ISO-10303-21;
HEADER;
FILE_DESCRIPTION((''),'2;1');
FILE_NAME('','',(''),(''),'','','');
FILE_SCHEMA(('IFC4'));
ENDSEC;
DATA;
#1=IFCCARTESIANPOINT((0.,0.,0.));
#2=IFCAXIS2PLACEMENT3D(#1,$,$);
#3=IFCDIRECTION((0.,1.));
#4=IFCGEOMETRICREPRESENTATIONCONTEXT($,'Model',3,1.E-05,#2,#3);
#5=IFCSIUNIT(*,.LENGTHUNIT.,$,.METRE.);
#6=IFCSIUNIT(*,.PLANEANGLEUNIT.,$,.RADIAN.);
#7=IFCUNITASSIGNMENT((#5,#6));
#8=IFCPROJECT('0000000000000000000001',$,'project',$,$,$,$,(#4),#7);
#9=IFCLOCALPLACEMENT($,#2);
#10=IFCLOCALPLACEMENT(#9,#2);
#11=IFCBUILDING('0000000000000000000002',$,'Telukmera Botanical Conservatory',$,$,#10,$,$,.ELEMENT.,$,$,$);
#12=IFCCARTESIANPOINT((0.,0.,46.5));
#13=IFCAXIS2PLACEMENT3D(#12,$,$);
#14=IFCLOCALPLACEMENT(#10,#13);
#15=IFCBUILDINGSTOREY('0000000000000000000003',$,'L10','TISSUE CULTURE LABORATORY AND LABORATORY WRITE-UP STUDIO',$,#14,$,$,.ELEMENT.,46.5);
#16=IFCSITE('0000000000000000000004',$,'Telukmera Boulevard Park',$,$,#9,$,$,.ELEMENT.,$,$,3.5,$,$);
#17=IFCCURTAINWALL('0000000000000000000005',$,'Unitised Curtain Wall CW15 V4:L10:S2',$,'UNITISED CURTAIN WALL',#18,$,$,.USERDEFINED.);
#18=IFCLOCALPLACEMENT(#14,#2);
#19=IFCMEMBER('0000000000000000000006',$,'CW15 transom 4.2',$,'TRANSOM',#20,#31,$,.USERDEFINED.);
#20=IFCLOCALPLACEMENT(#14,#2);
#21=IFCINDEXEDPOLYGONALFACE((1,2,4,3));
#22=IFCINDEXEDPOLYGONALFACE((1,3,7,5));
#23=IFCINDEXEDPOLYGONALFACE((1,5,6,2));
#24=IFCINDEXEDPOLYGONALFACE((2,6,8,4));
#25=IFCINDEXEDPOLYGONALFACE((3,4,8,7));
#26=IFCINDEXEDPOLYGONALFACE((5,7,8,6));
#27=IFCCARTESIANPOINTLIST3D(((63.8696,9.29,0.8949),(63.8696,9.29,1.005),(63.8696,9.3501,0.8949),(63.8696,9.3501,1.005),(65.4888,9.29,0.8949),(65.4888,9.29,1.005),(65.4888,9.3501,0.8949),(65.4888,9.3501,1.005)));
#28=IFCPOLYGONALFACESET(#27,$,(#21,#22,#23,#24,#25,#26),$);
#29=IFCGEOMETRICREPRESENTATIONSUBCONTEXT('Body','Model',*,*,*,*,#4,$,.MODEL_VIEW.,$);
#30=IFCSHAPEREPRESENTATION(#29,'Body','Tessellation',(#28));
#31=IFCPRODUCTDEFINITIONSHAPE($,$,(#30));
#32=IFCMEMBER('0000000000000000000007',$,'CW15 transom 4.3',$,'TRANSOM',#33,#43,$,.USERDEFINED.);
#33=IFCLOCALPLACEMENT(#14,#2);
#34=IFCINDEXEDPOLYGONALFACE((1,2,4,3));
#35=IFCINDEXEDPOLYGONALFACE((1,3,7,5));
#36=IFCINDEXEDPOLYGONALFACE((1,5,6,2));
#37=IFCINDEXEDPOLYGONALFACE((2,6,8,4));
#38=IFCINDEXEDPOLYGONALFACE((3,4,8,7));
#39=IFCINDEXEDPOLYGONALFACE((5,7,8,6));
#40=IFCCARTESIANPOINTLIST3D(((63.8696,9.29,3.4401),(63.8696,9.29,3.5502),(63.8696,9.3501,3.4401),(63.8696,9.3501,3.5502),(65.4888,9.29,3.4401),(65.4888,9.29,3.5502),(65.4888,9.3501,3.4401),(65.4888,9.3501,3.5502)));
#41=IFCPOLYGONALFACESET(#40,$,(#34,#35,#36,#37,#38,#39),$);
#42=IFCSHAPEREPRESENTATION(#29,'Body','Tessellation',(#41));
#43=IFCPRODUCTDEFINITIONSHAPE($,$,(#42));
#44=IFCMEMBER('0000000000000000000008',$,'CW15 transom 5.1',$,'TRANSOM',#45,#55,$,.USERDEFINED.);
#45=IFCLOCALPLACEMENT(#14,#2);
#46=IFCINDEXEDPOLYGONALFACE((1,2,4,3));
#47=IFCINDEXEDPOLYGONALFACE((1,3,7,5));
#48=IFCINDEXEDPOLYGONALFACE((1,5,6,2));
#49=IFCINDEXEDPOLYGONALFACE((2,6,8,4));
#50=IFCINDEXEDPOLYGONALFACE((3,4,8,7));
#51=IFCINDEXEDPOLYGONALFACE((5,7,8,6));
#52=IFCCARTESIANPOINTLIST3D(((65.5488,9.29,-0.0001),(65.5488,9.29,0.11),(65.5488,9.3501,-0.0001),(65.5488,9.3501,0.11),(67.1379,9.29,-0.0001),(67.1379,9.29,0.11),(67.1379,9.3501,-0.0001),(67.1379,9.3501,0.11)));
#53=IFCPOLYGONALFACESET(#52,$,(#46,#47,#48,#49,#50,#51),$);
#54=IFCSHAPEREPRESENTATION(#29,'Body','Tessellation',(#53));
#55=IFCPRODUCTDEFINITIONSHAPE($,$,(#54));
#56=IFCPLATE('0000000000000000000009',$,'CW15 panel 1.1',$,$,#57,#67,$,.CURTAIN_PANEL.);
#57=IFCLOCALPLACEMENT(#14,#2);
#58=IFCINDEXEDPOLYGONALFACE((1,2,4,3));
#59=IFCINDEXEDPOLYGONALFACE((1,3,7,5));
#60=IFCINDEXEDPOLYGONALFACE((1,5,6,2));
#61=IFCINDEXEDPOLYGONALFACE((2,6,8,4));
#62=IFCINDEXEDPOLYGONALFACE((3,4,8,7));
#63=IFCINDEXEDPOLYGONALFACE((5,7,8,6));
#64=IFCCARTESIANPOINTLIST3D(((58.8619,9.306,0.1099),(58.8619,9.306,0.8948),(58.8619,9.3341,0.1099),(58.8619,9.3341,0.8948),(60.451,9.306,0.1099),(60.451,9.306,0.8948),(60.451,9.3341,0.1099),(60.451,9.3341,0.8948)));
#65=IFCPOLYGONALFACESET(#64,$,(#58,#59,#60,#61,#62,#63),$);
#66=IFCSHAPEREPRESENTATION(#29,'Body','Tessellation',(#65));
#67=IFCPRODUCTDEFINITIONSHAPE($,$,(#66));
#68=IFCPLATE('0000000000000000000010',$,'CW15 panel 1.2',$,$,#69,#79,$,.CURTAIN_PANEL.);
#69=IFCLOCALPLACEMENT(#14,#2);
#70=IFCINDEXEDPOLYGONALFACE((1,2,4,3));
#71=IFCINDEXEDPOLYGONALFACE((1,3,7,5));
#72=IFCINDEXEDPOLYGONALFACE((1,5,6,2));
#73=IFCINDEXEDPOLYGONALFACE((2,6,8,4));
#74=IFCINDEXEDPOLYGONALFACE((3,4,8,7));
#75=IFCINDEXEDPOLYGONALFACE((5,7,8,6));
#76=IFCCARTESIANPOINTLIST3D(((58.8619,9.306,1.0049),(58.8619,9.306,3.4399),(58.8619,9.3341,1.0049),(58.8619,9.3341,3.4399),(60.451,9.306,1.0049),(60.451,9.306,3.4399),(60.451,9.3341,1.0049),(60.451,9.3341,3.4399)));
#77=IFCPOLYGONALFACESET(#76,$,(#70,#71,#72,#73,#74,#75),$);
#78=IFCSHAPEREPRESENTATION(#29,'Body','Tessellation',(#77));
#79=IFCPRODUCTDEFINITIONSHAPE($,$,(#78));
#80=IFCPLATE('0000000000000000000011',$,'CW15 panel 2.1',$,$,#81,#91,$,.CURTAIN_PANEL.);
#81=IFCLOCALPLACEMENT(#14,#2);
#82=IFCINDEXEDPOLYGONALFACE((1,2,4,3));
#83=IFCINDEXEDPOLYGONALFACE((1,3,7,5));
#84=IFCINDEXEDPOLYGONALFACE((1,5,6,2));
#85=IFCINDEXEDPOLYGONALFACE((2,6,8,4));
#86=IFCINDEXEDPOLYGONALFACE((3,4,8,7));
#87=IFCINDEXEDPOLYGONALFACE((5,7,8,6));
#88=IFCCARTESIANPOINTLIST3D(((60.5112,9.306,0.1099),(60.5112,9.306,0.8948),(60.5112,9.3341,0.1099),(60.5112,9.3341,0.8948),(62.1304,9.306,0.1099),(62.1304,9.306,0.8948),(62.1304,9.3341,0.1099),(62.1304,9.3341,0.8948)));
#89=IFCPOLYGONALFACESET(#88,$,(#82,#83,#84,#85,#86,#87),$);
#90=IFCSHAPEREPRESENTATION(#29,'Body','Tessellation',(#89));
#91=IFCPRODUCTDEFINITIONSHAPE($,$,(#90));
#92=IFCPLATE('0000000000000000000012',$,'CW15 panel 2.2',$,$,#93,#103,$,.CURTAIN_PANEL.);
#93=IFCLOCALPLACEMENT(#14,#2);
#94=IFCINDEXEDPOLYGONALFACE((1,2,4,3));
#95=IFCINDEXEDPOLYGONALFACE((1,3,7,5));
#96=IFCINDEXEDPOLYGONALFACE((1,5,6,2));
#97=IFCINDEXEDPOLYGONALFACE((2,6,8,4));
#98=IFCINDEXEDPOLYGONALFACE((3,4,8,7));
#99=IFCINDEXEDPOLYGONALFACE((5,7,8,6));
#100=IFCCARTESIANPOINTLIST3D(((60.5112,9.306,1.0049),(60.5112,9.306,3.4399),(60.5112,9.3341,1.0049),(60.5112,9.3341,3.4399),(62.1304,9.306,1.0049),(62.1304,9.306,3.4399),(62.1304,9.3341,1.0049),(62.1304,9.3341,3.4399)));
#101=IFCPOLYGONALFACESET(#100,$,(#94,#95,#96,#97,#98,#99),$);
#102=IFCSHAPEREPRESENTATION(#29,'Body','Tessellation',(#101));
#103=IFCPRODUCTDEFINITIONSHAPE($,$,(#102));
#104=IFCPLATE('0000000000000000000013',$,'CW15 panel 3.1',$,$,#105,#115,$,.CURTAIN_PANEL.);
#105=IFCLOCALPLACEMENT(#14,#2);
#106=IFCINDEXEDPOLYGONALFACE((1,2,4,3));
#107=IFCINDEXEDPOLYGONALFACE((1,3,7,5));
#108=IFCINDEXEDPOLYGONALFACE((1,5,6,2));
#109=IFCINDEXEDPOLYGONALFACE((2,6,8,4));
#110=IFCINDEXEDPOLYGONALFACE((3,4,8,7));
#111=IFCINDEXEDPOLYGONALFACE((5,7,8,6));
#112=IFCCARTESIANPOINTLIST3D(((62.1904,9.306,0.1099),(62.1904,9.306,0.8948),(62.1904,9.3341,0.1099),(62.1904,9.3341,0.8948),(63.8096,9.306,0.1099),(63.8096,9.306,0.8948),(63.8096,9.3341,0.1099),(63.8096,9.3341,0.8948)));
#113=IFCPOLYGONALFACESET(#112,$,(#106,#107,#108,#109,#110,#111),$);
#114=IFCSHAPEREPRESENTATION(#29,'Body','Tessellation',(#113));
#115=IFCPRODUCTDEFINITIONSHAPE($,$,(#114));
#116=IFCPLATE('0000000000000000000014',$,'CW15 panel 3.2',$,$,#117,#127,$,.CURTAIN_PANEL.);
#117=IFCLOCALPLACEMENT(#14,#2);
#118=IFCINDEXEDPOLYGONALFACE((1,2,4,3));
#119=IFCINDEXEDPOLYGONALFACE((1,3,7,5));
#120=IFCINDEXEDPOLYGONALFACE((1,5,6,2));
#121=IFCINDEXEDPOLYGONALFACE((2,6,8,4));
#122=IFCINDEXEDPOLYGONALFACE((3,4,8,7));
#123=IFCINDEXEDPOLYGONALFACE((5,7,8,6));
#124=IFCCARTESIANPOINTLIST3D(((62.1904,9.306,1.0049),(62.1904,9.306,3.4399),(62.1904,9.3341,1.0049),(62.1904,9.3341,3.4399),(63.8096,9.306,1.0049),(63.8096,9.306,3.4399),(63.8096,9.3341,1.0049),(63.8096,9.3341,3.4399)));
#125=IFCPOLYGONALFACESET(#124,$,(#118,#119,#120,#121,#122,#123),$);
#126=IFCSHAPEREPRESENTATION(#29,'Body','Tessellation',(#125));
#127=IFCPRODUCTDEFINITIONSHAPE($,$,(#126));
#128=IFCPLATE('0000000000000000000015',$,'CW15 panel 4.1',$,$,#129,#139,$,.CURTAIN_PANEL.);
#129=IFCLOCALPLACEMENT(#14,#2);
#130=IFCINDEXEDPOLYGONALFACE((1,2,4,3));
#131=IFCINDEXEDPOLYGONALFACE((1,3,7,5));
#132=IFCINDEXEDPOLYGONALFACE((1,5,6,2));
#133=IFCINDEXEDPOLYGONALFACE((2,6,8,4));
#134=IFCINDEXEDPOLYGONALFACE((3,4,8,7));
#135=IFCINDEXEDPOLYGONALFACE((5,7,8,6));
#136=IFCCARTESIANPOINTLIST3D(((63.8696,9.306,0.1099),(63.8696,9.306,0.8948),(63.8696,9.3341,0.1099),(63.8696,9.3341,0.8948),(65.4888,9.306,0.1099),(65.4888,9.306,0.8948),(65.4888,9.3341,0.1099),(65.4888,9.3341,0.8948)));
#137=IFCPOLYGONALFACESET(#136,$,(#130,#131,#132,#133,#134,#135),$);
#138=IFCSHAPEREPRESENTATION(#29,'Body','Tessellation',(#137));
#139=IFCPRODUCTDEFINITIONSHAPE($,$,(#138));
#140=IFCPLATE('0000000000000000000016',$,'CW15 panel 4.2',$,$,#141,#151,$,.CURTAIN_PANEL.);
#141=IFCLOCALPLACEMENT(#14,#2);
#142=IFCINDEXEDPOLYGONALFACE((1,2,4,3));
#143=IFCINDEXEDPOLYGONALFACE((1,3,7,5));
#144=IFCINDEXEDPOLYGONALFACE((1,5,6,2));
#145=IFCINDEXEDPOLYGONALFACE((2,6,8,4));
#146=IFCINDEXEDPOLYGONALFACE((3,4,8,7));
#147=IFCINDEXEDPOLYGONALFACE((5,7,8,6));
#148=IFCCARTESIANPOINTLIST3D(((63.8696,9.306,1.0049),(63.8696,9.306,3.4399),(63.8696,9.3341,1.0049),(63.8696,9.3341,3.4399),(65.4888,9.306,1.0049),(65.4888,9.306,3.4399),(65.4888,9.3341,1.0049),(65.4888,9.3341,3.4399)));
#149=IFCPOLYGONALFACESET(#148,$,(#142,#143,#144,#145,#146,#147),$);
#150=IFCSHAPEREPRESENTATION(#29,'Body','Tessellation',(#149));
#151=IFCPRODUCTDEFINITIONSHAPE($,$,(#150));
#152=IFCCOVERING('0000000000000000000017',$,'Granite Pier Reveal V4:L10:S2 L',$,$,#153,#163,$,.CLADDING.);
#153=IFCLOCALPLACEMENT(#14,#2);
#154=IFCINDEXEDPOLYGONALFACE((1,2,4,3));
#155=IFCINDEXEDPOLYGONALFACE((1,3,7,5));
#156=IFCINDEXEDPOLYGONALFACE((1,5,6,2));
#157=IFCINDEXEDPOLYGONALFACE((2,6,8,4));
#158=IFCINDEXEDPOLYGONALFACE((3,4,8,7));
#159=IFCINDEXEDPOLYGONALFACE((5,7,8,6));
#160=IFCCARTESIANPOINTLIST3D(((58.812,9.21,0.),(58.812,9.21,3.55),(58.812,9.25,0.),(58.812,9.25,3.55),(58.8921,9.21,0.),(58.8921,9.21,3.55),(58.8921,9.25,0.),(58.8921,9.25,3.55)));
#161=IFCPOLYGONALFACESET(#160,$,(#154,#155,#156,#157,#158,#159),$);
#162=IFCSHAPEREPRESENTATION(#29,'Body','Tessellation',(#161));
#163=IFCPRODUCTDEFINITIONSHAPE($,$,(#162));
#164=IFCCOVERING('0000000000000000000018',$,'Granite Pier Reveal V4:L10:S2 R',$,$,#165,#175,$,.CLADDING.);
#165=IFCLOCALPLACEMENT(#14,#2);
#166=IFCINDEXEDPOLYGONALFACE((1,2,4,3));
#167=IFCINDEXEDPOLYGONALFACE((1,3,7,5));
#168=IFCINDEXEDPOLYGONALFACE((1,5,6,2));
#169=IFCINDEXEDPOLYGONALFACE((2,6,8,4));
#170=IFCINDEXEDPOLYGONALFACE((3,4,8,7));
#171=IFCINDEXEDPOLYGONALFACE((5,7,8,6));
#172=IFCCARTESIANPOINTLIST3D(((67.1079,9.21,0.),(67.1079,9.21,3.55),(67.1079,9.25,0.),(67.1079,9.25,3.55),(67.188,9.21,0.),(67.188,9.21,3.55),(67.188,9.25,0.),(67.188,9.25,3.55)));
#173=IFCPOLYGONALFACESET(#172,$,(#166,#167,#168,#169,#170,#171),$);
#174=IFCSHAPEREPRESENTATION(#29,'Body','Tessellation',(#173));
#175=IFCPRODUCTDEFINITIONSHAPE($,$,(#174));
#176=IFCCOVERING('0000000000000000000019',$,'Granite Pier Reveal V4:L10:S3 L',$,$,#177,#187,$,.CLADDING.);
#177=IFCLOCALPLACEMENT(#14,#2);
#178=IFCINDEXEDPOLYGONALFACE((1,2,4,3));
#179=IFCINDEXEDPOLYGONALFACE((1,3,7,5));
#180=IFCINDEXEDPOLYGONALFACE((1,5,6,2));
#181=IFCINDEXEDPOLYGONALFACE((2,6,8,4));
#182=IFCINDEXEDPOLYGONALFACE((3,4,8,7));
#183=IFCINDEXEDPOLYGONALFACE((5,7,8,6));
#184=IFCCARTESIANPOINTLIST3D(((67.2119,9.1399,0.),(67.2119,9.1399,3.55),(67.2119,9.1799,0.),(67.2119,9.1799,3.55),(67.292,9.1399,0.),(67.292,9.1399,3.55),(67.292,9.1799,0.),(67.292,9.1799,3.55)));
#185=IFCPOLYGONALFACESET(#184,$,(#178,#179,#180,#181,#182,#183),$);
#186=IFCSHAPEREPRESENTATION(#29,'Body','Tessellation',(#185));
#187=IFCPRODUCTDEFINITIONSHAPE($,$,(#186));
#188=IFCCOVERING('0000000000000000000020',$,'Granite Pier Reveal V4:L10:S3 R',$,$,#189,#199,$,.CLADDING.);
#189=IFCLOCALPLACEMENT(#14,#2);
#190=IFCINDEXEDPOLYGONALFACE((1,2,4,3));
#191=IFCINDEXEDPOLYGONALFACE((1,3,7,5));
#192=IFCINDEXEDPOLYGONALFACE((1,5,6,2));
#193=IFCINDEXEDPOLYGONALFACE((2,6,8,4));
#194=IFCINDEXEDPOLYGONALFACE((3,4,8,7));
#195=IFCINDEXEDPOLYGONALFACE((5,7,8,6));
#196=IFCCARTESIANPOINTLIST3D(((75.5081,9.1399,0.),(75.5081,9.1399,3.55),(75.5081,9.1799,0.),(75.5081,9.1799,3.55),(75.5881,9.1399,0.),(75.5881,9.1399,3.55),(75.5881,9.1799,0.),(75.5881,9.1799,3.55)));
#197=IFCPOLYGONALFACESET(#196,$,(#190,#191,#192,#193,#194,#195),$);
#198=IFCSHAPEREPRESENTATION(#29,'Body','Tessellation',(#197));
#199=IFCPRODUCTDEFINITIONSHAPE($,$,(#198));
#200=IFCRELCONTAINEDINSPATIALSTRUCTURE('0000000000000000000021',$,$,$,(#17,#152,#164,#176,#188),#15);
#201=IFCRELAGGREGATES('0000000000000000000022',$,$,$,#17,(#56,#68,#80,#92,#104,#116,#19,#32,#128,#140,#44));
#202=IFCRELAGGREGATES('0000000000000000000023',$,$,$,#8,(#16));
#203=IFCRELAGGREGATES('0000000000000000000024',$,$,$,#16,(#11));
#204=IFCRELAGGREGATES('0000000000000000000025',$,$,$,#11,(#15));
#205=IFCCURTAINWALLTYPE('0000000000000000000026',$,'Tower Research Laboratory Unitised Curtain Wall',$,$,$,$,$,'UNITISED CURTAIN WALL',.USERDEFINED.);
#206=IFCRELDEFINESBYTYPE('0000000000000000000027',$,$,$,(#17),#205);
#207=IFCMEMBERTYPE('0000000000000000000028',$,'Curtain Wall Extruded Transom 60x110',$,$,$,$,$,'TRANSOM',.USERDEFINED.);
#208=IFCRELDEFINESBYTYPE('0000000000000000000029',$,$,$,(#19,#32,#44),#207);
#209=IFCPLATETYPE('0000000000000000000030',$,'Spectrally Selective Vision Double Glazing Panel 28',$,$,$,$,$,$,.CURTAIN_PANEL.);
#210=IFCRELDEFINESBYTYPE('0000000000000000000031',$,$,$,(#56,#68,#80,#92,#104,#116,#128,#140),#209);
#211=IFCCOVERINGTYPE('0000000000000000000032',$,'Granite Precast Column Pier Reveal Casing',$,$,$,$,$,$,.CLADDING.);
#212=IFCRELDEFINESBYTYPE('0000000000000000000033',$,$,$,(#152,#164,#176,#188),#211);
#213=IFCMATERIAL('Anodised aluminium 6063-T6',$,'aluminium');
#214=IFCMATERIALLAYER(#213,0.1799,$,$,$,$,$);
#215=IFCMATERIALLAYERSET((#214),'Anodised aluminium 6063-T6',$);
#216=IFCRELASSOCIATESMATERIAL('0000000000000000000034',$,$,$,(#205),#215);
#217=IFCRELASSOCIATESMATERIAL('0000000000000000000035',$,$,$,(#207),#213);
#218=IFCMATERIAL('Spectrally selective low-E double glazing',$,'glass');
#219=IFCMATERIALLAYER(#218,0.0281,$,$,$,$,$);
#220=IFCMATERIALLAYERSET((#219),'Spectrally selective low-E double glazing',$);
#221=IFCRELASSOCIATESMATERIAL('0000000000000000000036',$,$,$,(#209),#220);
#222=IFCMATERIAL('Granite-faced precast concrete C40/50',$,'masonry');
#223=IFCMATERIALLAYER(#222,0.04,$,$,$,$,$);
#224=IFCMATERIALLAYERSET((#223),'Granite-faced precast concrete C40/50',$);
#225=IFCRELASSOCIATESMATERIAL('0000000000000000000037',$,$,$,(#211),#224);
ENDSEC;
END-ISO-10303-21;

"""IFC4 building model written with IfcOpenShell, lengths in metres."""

from ifc_helpers import new_model, si_unit, direction, frame, origin, origin_2d, place, context, subcontext, project, spatial, rectangle, extrude, material, layer, layer_set, material_profile, profile_set, type_object, element, aggregate, save


model = new_model("IFC4")

# Units and contexts
model_context = context("Model", 3, precision=1e-05, world=origin(), true_north=direction((0.0, 1.0)))
body_context = subcontext(model_context, "Body", "Model", "MODEL_VIEW")
ifc_project = project(units=[si_unit("LENGTHUNIT", "METRE"), si_unit("PLANEANGLEUNIT", "RADIAN")], contexts=[model_context])

# Site, building, storey
site_placement = place(None, origin())
site = spatial("IfcSite", under=ifc_project, at=site_placement, Name="Telukmera Boulevard Park", CompositionType="ELEMENT", RefElevation=3.5)
building_placement = place(site_placement, origin())
building = spatial("IfcBuilding", under=site, at=building_placement, Name="Telukmera Botanical Conservatory", CompositionType="ELEMENT")
storey_placement = place(building_placement, frame((0.0, 0.0, 46.5)))
storey = spatial("IfcBuildingStorey", under=building, at=storey_placement, Name="L10", Description="TISSUE CULTURE LABORATORY AND LABORATORY WRITE-UP STUDIO", CompositionType="ELEMENT", Elevation=46.5)

# Curtain wall, members, plates
ifc_material_1 = material(Name="Anodised aluminium 6063-T6", Category="aluminium")
ifc_layer_1 = layer(ifc_material_1, 0.1799)
ifc_layer_set_1 = layer_set([ifc_layer_1], Name="Anodised aluminium 6063-T6")
curtain_wall_type = type_object("IfcCurtainWallType", Name="Tower Research Laboratory Unitised Curtain Wall", ElementType="UNITISED CURTAIN WALL", PredefinedType="USERDEFINED", material=ifc_layer_set_1)
curtain_wall_placement = place(storey_placement, origin())
curtain_wall = element("IfcCurtainWall", 1, at=curtain_wall_placement, inside=storey, type_object=curtain_wall_type, Name="Unitised Curtain Wall CW15 V4:L10:S2", ObjectType="UNITISED CURTAIN WALL", PredefinedType="USERDEFINED")
ifc_material_profile_1 = material_profile(ifc_material_1, rectangle(XDim=0.0601, YDim=0.1101, at=origin_2d()), Name="ALU TRAN 60x110")
ifc_profile_set_1 = profile_set([ifc_material_profile_1], Name="Anodised aluminium 6063-T6")
member_type_1 = type_object("IfcMemberType", Name="Curtain Wall Extruded Transom 60x110", ElementType="TRANSOM", PredefinedType="USERDEFINED", material=ifc_profile_set_1)
member_1_placement = place(storey_placement, frame((63.8696, 9.3201, 0.95), z_axis=(1.0, 0.0, 0.0), x_axis=(0.0, 1.0, 0.0)))
member_1 = element("IfcMember", 2, at=member_1_placement, type_object=member_type_1, Name="CW15 transom 4.2", ObjectType="TRANSOM", PredefinedType="USERDEFINED", context=body_context, shape_type="SweptSolid", body=[
    extrude(rectangle(XDim=0.0601, YDim=0.1101, at=origin_2d()), origin(), (0.0, 0.0, 1.0), 1.6191),
])
member_2_placement = place(storey_placement, frame((63.8696, 9.3201, 3.4951), z_axis=(1.0, 0.0, 0.0), x_axis=(0.0, 1.0, 0.0)))
member_2 = element("IfcMember", 3, at=member_2_placement, type_object=member_type_1, Name="CW15 transom 4.3", ObjectType="TRANSOM", PredefinedType="USERDEFINED", context=body_context, shape_type="SweptSolid", body=[
    extrude(rectangle(XDim=0.0601, YDim=0.1101, at=origin_2d()), origin(), (0.0, 0.0, 1.0), 1.6191),
])
member_3_placement = place(storey_placement, frame((65.5488, 9.3201, 0.0549), z_axis=(1.0, 0.0, 0.0), x_axis=(0.0, 1.0, 0.0)))
member_3 = element("IfcMember", 4, at=member_3_placement, type_object=member_type_1, Name="CW15 transom 5.1", ObjectType="TRANSOM", PredefinedType="USERDEFINED", context=body_context, shape_type="SweptSolid", body=[
    extrude(rectangle(XDim=0.0601, YDim=0.1101, at=origin_2d()), origin(), (0.0, 0.0, 1.0), 1.5891),
])
ifc_material_2 = material(Name="Spectrally selective low-E double glazing", Category="glass")
ifc_layer_2 = layer(ifc_material_2, 0.0281)
ifc_layer_set_2 = layer_set([ifc_layer_2], Name="Spectrally selective low-E double glazing")
plate_type = type_object("IfcPlateType", Name="Spectrally Selective Vision Double Glazing Panel 28", PredefinedType="CURTAIN_PANEL", material=ifc_layer_set_2)
plate_1_placement = place(storey_placement, frame((59.6565, 9.3201, 0.1099), z_axis=(0.0, 0.0, 1.0), x_axis=(1.0, 0.0, 0.0)))
plate_1 = element("IfcPlate", 5, at=plate_1_placement, type_object=plate_type, Name="CW15 panel 1.1", PredefinedType="CURTAIN_PANEL", context=body_context, shape_type="SweptSolid", body=[
    extrude(rectangle(XDim=1.5891, YDim=0.0281, at=origin_2d()), origin(), (0.0, 0.0, 1.0), 0.7849),
])
plate_2_placement = place(storey_placement, frame((59.6565, 9.3201, 1.0049), z_axis=(0.0, 0.0, 1.0), x_axis=(1.0, 0.0, 0.0)))
plate_2 = element("IfcPlate", 6, at=plate_2_placement, type_object=plate_type, Name="CW15 panel 1.2", PredefinedType="CURTAIN_PANEL", context=body_context, shape_type="SweptSolid", body=[
    extrude(rectangle(XDim=1.5891, YDim=0.0281, at=origin_2d()), origin(), (0.0, 0.0, 1.0), 2.4351),
])
plate_3_placement = place(storey_placement, frame((61.3208, 9.3201, 0.1099), z_axis=(0.0, 0.0, 1.0), x_axis=(1.0, 0.0, 0.0)))
plate_3 = element("IfcPlate", 7, at=plate_3_placement, type_object=plate_type, Name="CW15 panel 2.1", PredefinedType="CURTAIN_PANEL", context=body_context, shape_type="SweptSolid", body=[
    extrude(rectangle(XDim=1.6191, YDim=0.0281, at=origin_2d()), origin(), (0.0, 0.0, 1.0), 0.7849),
])
plate_4_placement = place(storey_placement, frame((61.3208, 9.3201, 1.0049), z_axis=(0.0, 0.0, 1.0), x_axis=(1.0, 0.0, 0.0)))
plate_4 = element("IfcPlate", 8, at=plate_4_placement, type_object=plate_type, Name="CW15 panel 2.2", PredefinedType="CURTAIN_PANEL", context=body_context, shape_type="SweptSolid", body=[
    extrude(rectangle(XDim=1.6191, YDim=0.0281, at=origin_2d()), origin(), (0.0, 0.0, 1.0), 2.4351),
])
plate_5_placement = place(storey_placement, frame((63.0, 9.3201, 0.1099), z_axis=(0.0, 0.0, 1.0), x_axis=(1.0, 0.0, 0.0)))
plate_5 = element("IfcPlate", 9, at=plate_5_placement, type_object=plate_type, Name="CW15 panel 3.1", PredefinedType="CURTAIN_PANEL", context=body_context, shape_type="SweptSolid", body=[
    extrude(rectangle(XDim=1.6191, YDim=0.0281, at=origin_2d()), origin(), (0.0, 0.0, 1.0), 0.7849),
])
plate_6_placement = place(storey_placement, frame((63.0, 9.3201, 1.0049), z_axis=(0.0, 0.0, 1.0), x_axis=(1.0, 0.0, 0.0)))
plate_6 = element("IfcPlate", 10, at=plate_6_placement, type_object=plate_type, Name="CW15 panel 3.2", PredefinedType="CURTAIN_PANEL", context=body_context, shape_type="SweptSolid", body=[
    extrude(rectangle(XDim=1.6191, YDim=0.0281, at=origin_2d()), origin(), (0.0, 0.0, 1.0), 2.4351),
])
plate_7_placement = place(storey_placement, frame((64.6792, 9.3201, 0.1099), z_axis=(0.0, 0.0, 1.0), x_axis=(1.0, 0.0, 0.0)))
plate_7 = element("IfcPlate", 11, at=plate_7_placement, type_object=plate_type, Name="CW15 panel 4.1", PredefinedType="CURTAIN_PANEL", context=body_context, shape_type="SweptSolid", body=[
    extrude(rectangle(XDim=1.6191, YDim=0.0281, at=origin_2d()), origin(), (0.0, 0.0, 1.0), 0.7849),
])
plate_8_placement = place(storey_placement, frame((64.6792, 9.3201, 1.0049), z_axis=(0.0, 0.0, 1.0), x_axis=(1.0, 0.0, 0.0)))
plate_8 = element("IfcPlate", 12, at=plate_8_placement, type_object=plate_type, Name="CW15 panel 4.2", PredefinedType="CURTAIN_PANEL", context=body_context, shape_type="SweptSolid", body=[
    extrude(rectangle(XDim=1.6191, YDim=0.0281, at=origin_2d()), origin(), (0.0, 0.0, 1.0), 2.4351),
])
aggregate(curtain_wall, [plate_1, plate_2, plate_3, plate_4, plate_5, plate_6, member_1, member_2, plate_7, plate_8, member_3])

# Coverings
ifc_material_3 = material(Name="Granite-faced precast concrete C40/50", Category="masonry")
ifc_layer_3 = layer(ifc_material_3, 0.04)
ifc_layer_set_3 = layer_set([ifc_layer_3], Name="Granite-faced precast concrete C40/50")
covering_type_1 = type_object("IfcCoveringType", Name="Granite Precast Column Pier Reveal Casing", PredefinedType="CLADDING", material=ifc_layer_set_3)
for number, where, z_axis, x_axis, name in (
    (13, (58.8521, 9.23, 0.0), (0.0, 0.0, 1.0), (1.0, 0.0, 0.0), "Granite Pier Reveal V4:L10:S2 L"),
    (14, (67.1479, 9.23, 0.0), (0.0, 0.0, 1.0), (1.0, 0.0, 0.0), "Granite Pier Reveal V4:L10:S2 R"),
    (15, (67.252, 9.1599, 0.0), (0.0, 0.0, 1.0), (1.0, 0.0, 0.0), "Granite Pier Reveal V4:L10:S3 L"),
    (16, (75.5481, 9.1599, 0.0), (0.0, 0.0, 1.0), (1.0, 0.0, 0.0), "Granite Pier Reveal V4:L10:S3 R"),
):
    element("IfcCovering", number, at=place(storey_placement, frame(where, z_axis=z_axis, x_axis=x_axis)), inside=storey, type_object=covering_type_1, Name=name, PredefinedType="CLADDING", context=body_context, shape_type="SweptSolid", body=[
        extrude(rectangle(XDim=0.0801, YDim=0.04, at=origin_2d()), origin(), (0.0, 0.0, 1.0), 3.55),
    ])

save(model, "model.ifc")
